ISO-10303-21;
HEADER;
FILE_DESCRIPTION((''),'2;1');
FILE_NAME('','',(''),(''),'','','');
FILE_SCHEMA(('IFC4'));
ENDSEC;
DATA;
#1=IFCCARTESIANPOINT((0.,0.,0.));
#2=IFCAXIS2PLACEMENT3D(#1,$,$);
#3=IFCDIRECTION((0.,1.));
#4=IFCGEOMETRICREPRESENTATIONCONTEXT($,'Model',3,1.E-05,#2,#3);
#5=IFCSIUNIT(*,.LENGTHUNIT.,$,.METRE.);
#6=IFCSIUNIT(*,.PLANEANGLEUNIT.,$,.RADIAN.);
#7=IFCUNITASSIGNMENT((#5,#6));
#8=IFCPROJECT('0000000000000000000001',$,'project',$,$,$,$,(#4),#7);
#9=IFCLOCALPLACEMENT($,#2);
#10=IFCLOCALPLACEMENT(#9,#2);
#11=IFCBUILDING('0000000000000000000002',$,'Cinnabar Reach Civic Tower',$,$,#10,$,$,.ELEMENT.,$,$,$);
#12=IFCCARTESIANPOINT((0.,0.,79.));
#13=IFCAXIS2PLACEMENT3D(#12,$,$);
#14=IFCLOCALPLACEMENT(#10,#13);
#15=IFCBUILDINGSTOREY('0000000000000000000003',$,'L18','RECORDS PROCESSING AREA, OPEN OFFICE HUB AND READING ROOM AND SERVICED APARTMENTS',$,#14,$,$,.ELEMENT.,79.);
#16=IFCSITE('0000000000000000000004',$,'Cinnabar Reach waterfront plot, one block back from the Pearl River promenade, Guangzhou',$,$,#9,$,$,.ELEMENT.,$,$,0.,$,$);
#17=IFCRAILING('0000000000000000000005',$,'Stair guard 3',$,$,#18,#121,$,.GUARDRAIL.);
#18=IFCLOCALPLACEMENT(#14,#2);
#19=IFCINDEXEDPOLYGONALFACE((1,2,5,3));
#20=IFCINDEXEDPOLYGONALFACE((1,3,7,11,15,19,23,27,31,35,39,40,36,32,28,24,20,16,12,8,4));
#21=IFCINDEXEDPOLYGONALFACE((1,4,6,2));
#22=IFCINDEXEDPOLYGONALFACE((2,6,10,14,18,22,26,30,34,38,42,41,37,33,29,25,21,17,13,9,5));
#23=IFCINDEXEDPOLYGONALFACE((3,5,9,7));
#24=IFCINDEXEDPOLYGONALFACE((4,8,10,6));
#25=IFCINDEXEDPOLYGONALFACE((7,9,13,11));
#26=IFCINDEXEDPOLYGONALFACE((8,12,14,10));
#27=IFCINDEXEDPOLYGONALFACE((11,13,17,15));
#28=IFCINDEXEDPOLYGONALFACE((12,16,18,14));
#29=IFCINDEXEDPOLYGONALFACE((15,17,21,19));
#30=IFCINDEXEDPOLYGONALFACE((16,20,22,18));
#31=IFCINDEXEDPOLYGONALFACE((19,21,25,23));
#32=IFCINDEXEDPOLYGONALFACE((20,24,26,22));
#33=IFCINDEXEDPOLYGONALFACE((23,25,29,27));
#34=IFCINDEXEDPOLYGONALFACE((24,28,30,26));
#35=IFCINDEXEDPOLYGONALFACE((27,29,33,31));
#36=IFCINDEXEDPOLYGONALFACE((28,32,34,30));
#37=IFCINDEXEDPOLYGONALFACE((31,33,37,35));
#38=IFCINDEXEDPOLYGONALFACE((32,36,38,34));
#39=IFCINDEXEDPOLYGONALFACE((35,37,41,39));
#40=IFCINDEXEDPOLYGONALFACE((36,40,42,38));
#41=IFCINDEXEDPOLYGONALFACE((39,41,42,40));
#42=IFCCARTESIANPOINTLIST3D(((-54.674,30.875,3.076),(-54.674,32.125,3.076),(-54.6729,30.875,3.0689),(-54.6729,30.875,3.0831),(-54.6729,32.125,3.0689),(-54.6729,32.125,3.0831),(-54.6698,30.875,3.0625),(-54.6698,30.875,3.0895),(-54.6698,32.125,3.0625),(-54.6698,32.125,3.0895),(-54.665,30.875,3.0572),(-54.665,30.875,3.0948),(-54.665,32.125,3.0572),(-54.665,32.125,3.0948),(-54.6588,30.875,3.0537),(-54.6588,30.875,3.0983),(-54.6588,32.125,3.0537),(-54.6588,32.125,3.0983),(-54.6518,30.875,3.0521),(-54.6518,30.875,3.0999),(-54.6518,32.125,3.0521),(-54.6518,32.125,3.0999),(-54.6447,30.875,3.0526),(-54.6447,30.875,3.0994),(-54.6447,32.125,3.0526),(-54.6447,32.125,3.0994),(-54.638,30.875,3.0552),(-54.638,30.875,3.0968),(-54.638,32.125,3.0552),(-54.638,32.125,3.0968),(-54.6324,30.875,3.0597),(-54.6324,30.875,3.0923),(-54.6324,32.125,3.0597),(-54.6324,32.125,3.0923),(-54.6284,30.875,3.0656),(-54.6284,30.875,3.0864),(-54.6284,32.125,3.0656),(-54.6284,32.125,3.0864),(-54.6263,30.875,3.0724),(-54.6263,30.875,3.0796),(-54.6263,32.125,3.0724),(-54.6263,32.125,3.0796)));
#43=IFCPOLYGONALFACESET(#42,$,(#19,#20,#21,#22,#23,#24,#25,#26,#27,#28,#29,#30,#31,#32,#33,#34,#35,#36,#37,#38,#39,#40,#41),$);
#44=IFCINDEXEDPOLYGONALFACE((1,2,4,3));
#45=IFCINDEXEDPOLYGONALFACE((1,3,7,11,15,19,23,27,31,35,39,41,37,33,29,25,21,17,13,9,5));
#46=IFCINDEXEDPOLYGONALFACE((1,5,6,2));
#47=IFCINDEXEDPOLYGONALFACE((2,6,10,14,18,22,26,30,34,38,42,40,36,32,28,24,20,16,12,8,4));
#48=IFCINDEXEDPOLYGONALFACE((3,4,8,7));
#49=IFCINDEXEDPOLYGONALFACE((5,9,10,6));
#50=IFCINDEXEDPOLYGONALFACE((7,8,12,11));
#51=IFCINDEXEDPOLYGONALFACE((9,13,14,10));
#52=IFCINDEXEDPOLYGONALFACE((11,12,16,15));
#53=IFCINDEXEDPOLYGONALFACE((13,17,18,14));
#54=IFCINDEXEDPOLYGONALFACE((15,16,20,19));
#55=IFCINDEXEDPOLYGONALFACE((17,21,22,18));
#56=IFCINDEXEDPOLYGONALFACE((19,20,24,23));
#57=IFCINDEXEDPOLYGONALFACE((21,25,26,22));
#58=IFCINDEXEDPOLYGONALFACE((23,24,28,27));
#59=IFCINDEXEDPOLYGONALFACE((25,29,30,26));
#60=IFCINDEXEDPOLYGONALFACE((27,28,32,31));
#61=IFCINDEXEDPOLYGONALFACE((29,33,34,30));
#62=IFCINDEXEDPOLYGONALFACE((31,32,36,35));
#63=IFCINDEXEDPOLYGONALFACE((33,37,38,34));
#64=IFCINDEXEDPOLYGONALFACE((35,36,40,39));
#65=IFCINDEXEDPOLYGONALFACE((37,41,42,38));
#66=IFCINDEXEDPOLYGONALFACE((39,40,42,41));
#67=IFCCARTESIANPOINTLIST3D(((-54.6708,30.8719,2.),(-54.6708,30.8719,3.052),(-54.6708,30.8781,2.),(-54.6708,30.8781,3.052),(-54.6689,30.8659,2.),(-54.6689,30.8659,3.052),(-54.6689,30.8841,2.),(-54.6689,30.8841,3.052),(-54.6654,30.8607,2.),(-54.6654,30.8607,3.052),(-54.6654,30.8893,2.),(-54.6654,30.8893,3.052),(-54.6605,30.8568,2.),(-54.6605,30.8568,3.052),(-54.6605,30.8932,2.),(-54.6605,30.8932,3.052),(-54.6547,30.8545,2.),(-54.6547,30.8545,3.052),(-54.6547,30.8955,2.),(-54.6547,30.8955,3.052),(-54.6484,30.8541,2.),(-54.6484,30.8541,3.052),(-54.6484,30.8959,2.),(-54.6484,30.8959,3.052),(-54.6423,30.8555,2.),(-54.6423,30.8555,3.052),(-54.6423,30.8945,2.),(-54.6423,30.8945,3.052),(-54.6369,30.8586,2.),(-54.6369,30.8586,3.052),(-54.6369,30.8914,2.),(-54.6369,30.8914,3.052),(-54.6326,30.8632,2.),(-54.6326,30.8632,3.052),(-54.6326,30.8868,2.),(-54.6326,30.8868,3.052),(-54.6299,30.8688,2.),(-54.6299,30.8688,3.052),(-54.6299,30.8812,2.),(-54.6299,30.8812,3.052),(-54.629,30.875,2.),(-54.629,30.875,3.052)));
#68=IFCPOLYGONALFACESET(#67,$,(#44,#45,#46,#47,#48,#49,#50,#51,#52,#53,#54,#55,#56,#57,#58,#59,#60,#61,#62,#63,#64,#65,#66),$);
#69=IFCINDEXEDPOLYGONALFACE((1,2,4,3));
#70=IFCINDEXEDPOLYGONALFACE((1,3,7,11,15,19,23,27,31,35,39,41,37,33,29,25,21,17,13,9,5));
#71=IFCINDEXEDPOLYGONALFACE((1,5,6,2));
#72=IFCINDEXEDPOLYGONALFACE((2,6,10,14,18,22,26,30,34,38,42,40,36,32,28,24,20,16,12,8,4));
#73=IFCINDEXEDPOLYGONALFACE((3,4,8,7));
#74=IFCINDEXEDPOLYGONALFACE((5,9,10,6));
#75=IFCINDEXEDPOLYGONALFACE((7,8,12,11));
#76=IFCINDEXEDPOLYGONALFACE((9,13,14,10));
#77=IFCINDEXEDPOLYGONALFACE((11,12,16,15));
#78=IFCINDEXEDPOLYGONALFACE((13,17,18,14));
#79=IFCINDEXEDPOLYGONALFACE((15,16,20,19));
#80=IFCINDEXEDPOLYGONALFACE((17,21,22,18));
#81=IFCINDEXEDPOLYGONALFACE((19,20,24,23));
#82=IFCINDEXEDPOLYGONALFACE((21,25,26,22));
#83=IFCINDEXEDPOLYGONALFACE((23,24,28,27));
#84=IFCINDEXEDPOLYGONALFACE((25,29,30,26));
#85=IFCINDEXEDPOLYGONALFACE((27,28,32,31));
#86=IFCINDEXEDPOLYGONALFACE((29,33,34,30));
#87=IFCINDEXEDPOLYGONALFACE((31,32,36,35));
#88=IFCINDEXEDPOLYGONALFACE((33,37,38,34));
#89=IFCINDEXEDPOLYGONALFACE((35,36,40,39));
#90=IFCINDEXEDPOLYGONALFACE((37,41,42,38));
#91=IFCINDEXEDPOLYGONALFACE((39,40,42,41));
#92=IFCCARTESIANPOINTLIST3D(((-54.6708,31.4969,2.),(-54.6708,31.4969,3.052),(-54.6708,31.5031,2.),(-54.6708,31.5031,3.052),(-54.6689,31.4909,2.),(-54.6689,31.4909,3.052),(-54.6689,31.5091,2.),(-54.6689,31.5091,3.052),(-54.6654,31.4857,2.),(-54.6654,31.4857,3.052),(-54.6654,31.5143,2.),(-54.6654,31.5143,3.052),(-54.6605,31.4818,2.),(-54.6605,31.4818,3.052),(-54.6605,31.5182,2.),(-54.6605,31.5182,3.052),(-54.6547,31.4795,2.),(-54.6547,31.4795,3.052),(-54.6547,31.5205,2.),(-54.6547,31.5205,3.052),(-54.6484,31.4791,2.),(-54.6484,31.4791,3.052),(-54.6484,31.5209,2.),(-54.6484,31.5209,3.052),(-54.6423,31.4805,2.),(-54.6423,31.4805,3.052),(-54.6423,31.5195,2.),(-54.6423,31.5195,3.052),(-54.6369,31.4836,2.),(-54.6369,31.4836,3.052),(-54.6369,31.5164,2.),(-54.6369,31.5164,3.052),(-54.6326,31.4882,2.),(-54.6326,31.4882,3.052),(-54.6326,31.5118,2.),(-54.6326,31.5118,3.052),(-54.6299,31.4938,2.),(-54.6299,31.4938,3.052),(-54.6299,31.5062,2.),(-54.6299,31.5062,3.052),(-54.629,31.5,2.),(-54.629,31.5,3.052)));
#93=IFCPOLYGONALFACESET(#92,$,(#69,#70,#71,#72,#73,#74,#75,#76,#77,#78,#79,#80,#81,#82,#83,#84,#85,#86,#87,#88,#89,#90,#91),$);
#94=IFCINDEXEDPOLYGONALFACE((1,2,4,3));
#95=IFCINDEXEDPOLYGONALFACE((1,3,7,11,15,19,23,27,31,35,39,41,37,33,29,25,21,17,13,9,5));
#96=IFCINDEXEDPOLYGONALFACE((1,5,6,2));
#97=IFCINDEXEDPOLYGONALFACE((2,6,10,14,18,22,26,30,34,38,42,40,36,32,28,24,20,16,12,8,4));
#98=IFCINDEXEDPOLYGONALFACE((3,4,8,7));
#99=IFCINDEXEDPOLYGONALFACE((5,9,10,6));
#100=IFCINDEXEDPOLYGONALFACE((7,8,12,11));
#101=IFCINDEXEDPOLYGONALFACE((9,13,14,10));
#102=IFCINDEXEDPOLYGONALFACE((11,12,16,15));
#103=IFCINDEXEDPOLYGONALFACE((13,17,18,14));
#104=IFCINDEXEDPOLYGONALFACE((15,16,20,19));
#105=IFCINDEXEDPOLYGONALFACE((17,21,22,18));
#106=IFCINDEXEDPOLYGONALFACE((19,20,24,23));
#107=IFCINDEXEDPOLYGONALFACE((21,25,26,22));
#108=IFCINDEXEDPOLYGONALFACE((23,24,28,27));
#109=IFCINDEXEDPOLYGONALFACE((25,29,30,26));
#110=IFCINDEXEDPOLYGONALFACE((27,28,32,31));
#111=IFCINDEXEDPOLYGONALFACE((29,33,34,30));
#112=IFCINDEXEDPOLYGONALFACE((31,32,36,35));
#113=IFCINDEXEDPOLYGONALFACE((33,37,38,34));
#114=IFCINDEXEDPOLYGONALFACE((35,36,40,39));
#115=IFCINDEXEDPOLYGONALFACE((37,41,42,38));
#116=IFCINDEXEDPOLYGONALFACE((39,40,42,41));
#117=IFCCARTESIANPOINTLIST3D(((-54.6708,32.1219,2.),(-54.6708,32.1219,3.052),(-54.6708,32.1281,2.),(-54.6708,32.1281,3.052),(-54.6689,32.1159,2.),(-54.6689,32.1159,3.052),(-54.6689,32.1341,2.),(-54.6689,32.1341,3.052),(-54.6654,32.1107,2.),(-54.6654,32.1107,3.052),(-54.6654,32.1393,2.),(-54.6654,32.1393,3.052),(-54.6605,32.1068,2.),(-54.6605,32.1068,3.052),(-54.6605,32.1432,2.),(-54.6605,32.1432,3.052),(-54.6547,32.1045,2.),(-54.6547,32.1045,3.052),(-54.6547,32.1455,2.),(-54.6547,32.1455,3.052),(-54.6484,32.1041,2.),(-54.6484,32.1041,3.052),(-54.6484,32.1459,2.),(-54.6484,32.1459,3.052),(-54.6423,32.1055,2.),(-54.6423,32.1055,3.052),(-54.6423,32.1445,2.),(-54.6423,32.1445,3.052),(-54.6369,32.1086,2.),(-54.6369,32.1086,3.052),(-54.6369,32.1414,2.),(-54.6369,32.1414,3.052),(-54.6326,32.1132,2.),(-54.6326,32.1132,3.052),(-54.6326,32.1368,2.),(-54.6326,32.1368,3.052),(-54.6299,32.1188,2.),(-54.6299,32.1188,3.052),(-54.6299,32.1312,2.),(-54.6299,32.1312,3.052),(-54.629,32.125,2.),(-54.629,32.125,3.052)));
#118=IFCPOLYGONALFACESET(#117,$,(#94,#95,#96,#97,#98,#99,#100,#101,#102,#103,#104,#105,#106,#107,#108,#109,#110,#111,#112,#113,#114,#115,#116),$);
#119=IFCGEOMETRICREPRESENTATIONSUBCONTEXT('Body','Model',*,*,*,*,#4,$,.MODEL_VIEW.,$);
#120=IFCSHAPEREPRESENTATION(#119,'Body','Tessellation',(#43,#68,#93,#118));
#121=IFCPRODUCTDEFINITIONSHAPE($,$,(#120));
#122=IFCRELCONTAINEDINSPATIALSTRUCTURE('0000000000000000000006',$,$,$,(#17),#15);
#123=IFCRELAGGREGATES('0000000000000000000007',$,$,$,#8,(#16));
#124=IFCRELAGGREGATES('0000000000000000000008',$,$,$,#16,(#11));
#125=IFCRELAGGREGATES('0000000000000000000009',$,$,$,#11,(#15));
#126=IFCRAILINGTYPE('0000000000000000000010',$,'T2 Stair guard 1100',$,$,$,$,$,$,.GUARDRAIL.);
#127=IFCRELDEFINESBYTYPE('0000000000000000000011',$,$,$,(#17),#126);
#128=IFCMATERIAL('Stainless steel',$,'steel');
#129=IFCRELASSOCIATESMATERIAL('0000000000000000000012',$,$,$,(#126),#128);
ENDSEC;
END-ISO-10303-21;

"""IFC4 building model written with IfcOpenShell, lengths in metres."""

from ifc_helpers import new_model, si_unit, direction, frame, origin, origin_2d, place, context, subcontext, project, spatial, circle, extrude, material, type_object, element, save


model = new_model("IFC4")

# Units and contexts
model_context = context("Model", 3, precision=1e-05, world=origin(), true_north=direction((0.0, 1.0)))
body_context = subcontext(model_context, "Body", "Model", "MODEL_VIEW")
ifc_project = project(units=[si_unit("LENGTHUNIT", "METRE"), si_unit("PLANEANGLEUNIT", "RADIAN")], contexts=[model_context])

# Site, building, storey
site_placement = place(None, origin())
site = spatial("IfcSite", under=ifc_project, at=site_placement, Name="Cinnabar Reach waterfront plot, one block back from the Pearl River promenade, Guangzhou", CompositionType="ELEMENT", RefElevation=0.0)
building_placement = place(site_placement, origin())
building = spatial("IfcBuilding", under=site, at=building_placement, Name="Cinnabar Reach Civic Tower", CompositionType="ELEMENT")
storey_placement = place(building_placement, frame((0.0, 0.0, 79.0)))
storey = spatial("IfcBuildingStorey", under=building, at=storey_placement, Name="L18", Description="RECORDS PROCESSING AREA, OPEN OFFICE HUB AND READING ROOM AND SERVICED APARTMENTS", CompositionType="ELEMENT", Elevation=79.0)

# Railing
ifc_material_1 = material(Name="Stainless steel", Category="steel")
railing_type = type_object("IfcRailingType", Name="T2 Stair guard 1100", PredefinedType="GUARDRAIL", material=ifc_material_1)
railing_1_placement = place(storey_placement, frame((-54.65, 30.875, 2.0)))
element("IfcRailing", 1, at=railing_1_placement, inside=storey, type_object=railing_type, Name="Stair guard 3", PredefinedType="GUARDRAIL", context=body_context, shape_type="SweptSolid", body=[
    extrude(circle(Radius=0.024, at=origin_2d()), frame((0.0, 0.0, 1.076), z_axis=(0.0, 1.0, 0.0), x_axis=(-1.0, 0.0, 0.0)), (0.0, 0.0, 1.0), 1.25),
    extrude(circle(Radius=0.021, at=origin_2d()), origin(), (0.0, 0.0, 1.0), 1.052),
    extrude(circle(Radius=0.021, at=origin_2d()), frame((0.0, 0.625, 0.0)), (0.0, 0.0, 1.0), 1.052),
    extrude(circle(Radius=0.021, at=origin_2d()), frame((0.0, 1.25, 0.0)), (0.0, 0.0, 1.0), 1.052),
])

save(model, "model.ifc")
